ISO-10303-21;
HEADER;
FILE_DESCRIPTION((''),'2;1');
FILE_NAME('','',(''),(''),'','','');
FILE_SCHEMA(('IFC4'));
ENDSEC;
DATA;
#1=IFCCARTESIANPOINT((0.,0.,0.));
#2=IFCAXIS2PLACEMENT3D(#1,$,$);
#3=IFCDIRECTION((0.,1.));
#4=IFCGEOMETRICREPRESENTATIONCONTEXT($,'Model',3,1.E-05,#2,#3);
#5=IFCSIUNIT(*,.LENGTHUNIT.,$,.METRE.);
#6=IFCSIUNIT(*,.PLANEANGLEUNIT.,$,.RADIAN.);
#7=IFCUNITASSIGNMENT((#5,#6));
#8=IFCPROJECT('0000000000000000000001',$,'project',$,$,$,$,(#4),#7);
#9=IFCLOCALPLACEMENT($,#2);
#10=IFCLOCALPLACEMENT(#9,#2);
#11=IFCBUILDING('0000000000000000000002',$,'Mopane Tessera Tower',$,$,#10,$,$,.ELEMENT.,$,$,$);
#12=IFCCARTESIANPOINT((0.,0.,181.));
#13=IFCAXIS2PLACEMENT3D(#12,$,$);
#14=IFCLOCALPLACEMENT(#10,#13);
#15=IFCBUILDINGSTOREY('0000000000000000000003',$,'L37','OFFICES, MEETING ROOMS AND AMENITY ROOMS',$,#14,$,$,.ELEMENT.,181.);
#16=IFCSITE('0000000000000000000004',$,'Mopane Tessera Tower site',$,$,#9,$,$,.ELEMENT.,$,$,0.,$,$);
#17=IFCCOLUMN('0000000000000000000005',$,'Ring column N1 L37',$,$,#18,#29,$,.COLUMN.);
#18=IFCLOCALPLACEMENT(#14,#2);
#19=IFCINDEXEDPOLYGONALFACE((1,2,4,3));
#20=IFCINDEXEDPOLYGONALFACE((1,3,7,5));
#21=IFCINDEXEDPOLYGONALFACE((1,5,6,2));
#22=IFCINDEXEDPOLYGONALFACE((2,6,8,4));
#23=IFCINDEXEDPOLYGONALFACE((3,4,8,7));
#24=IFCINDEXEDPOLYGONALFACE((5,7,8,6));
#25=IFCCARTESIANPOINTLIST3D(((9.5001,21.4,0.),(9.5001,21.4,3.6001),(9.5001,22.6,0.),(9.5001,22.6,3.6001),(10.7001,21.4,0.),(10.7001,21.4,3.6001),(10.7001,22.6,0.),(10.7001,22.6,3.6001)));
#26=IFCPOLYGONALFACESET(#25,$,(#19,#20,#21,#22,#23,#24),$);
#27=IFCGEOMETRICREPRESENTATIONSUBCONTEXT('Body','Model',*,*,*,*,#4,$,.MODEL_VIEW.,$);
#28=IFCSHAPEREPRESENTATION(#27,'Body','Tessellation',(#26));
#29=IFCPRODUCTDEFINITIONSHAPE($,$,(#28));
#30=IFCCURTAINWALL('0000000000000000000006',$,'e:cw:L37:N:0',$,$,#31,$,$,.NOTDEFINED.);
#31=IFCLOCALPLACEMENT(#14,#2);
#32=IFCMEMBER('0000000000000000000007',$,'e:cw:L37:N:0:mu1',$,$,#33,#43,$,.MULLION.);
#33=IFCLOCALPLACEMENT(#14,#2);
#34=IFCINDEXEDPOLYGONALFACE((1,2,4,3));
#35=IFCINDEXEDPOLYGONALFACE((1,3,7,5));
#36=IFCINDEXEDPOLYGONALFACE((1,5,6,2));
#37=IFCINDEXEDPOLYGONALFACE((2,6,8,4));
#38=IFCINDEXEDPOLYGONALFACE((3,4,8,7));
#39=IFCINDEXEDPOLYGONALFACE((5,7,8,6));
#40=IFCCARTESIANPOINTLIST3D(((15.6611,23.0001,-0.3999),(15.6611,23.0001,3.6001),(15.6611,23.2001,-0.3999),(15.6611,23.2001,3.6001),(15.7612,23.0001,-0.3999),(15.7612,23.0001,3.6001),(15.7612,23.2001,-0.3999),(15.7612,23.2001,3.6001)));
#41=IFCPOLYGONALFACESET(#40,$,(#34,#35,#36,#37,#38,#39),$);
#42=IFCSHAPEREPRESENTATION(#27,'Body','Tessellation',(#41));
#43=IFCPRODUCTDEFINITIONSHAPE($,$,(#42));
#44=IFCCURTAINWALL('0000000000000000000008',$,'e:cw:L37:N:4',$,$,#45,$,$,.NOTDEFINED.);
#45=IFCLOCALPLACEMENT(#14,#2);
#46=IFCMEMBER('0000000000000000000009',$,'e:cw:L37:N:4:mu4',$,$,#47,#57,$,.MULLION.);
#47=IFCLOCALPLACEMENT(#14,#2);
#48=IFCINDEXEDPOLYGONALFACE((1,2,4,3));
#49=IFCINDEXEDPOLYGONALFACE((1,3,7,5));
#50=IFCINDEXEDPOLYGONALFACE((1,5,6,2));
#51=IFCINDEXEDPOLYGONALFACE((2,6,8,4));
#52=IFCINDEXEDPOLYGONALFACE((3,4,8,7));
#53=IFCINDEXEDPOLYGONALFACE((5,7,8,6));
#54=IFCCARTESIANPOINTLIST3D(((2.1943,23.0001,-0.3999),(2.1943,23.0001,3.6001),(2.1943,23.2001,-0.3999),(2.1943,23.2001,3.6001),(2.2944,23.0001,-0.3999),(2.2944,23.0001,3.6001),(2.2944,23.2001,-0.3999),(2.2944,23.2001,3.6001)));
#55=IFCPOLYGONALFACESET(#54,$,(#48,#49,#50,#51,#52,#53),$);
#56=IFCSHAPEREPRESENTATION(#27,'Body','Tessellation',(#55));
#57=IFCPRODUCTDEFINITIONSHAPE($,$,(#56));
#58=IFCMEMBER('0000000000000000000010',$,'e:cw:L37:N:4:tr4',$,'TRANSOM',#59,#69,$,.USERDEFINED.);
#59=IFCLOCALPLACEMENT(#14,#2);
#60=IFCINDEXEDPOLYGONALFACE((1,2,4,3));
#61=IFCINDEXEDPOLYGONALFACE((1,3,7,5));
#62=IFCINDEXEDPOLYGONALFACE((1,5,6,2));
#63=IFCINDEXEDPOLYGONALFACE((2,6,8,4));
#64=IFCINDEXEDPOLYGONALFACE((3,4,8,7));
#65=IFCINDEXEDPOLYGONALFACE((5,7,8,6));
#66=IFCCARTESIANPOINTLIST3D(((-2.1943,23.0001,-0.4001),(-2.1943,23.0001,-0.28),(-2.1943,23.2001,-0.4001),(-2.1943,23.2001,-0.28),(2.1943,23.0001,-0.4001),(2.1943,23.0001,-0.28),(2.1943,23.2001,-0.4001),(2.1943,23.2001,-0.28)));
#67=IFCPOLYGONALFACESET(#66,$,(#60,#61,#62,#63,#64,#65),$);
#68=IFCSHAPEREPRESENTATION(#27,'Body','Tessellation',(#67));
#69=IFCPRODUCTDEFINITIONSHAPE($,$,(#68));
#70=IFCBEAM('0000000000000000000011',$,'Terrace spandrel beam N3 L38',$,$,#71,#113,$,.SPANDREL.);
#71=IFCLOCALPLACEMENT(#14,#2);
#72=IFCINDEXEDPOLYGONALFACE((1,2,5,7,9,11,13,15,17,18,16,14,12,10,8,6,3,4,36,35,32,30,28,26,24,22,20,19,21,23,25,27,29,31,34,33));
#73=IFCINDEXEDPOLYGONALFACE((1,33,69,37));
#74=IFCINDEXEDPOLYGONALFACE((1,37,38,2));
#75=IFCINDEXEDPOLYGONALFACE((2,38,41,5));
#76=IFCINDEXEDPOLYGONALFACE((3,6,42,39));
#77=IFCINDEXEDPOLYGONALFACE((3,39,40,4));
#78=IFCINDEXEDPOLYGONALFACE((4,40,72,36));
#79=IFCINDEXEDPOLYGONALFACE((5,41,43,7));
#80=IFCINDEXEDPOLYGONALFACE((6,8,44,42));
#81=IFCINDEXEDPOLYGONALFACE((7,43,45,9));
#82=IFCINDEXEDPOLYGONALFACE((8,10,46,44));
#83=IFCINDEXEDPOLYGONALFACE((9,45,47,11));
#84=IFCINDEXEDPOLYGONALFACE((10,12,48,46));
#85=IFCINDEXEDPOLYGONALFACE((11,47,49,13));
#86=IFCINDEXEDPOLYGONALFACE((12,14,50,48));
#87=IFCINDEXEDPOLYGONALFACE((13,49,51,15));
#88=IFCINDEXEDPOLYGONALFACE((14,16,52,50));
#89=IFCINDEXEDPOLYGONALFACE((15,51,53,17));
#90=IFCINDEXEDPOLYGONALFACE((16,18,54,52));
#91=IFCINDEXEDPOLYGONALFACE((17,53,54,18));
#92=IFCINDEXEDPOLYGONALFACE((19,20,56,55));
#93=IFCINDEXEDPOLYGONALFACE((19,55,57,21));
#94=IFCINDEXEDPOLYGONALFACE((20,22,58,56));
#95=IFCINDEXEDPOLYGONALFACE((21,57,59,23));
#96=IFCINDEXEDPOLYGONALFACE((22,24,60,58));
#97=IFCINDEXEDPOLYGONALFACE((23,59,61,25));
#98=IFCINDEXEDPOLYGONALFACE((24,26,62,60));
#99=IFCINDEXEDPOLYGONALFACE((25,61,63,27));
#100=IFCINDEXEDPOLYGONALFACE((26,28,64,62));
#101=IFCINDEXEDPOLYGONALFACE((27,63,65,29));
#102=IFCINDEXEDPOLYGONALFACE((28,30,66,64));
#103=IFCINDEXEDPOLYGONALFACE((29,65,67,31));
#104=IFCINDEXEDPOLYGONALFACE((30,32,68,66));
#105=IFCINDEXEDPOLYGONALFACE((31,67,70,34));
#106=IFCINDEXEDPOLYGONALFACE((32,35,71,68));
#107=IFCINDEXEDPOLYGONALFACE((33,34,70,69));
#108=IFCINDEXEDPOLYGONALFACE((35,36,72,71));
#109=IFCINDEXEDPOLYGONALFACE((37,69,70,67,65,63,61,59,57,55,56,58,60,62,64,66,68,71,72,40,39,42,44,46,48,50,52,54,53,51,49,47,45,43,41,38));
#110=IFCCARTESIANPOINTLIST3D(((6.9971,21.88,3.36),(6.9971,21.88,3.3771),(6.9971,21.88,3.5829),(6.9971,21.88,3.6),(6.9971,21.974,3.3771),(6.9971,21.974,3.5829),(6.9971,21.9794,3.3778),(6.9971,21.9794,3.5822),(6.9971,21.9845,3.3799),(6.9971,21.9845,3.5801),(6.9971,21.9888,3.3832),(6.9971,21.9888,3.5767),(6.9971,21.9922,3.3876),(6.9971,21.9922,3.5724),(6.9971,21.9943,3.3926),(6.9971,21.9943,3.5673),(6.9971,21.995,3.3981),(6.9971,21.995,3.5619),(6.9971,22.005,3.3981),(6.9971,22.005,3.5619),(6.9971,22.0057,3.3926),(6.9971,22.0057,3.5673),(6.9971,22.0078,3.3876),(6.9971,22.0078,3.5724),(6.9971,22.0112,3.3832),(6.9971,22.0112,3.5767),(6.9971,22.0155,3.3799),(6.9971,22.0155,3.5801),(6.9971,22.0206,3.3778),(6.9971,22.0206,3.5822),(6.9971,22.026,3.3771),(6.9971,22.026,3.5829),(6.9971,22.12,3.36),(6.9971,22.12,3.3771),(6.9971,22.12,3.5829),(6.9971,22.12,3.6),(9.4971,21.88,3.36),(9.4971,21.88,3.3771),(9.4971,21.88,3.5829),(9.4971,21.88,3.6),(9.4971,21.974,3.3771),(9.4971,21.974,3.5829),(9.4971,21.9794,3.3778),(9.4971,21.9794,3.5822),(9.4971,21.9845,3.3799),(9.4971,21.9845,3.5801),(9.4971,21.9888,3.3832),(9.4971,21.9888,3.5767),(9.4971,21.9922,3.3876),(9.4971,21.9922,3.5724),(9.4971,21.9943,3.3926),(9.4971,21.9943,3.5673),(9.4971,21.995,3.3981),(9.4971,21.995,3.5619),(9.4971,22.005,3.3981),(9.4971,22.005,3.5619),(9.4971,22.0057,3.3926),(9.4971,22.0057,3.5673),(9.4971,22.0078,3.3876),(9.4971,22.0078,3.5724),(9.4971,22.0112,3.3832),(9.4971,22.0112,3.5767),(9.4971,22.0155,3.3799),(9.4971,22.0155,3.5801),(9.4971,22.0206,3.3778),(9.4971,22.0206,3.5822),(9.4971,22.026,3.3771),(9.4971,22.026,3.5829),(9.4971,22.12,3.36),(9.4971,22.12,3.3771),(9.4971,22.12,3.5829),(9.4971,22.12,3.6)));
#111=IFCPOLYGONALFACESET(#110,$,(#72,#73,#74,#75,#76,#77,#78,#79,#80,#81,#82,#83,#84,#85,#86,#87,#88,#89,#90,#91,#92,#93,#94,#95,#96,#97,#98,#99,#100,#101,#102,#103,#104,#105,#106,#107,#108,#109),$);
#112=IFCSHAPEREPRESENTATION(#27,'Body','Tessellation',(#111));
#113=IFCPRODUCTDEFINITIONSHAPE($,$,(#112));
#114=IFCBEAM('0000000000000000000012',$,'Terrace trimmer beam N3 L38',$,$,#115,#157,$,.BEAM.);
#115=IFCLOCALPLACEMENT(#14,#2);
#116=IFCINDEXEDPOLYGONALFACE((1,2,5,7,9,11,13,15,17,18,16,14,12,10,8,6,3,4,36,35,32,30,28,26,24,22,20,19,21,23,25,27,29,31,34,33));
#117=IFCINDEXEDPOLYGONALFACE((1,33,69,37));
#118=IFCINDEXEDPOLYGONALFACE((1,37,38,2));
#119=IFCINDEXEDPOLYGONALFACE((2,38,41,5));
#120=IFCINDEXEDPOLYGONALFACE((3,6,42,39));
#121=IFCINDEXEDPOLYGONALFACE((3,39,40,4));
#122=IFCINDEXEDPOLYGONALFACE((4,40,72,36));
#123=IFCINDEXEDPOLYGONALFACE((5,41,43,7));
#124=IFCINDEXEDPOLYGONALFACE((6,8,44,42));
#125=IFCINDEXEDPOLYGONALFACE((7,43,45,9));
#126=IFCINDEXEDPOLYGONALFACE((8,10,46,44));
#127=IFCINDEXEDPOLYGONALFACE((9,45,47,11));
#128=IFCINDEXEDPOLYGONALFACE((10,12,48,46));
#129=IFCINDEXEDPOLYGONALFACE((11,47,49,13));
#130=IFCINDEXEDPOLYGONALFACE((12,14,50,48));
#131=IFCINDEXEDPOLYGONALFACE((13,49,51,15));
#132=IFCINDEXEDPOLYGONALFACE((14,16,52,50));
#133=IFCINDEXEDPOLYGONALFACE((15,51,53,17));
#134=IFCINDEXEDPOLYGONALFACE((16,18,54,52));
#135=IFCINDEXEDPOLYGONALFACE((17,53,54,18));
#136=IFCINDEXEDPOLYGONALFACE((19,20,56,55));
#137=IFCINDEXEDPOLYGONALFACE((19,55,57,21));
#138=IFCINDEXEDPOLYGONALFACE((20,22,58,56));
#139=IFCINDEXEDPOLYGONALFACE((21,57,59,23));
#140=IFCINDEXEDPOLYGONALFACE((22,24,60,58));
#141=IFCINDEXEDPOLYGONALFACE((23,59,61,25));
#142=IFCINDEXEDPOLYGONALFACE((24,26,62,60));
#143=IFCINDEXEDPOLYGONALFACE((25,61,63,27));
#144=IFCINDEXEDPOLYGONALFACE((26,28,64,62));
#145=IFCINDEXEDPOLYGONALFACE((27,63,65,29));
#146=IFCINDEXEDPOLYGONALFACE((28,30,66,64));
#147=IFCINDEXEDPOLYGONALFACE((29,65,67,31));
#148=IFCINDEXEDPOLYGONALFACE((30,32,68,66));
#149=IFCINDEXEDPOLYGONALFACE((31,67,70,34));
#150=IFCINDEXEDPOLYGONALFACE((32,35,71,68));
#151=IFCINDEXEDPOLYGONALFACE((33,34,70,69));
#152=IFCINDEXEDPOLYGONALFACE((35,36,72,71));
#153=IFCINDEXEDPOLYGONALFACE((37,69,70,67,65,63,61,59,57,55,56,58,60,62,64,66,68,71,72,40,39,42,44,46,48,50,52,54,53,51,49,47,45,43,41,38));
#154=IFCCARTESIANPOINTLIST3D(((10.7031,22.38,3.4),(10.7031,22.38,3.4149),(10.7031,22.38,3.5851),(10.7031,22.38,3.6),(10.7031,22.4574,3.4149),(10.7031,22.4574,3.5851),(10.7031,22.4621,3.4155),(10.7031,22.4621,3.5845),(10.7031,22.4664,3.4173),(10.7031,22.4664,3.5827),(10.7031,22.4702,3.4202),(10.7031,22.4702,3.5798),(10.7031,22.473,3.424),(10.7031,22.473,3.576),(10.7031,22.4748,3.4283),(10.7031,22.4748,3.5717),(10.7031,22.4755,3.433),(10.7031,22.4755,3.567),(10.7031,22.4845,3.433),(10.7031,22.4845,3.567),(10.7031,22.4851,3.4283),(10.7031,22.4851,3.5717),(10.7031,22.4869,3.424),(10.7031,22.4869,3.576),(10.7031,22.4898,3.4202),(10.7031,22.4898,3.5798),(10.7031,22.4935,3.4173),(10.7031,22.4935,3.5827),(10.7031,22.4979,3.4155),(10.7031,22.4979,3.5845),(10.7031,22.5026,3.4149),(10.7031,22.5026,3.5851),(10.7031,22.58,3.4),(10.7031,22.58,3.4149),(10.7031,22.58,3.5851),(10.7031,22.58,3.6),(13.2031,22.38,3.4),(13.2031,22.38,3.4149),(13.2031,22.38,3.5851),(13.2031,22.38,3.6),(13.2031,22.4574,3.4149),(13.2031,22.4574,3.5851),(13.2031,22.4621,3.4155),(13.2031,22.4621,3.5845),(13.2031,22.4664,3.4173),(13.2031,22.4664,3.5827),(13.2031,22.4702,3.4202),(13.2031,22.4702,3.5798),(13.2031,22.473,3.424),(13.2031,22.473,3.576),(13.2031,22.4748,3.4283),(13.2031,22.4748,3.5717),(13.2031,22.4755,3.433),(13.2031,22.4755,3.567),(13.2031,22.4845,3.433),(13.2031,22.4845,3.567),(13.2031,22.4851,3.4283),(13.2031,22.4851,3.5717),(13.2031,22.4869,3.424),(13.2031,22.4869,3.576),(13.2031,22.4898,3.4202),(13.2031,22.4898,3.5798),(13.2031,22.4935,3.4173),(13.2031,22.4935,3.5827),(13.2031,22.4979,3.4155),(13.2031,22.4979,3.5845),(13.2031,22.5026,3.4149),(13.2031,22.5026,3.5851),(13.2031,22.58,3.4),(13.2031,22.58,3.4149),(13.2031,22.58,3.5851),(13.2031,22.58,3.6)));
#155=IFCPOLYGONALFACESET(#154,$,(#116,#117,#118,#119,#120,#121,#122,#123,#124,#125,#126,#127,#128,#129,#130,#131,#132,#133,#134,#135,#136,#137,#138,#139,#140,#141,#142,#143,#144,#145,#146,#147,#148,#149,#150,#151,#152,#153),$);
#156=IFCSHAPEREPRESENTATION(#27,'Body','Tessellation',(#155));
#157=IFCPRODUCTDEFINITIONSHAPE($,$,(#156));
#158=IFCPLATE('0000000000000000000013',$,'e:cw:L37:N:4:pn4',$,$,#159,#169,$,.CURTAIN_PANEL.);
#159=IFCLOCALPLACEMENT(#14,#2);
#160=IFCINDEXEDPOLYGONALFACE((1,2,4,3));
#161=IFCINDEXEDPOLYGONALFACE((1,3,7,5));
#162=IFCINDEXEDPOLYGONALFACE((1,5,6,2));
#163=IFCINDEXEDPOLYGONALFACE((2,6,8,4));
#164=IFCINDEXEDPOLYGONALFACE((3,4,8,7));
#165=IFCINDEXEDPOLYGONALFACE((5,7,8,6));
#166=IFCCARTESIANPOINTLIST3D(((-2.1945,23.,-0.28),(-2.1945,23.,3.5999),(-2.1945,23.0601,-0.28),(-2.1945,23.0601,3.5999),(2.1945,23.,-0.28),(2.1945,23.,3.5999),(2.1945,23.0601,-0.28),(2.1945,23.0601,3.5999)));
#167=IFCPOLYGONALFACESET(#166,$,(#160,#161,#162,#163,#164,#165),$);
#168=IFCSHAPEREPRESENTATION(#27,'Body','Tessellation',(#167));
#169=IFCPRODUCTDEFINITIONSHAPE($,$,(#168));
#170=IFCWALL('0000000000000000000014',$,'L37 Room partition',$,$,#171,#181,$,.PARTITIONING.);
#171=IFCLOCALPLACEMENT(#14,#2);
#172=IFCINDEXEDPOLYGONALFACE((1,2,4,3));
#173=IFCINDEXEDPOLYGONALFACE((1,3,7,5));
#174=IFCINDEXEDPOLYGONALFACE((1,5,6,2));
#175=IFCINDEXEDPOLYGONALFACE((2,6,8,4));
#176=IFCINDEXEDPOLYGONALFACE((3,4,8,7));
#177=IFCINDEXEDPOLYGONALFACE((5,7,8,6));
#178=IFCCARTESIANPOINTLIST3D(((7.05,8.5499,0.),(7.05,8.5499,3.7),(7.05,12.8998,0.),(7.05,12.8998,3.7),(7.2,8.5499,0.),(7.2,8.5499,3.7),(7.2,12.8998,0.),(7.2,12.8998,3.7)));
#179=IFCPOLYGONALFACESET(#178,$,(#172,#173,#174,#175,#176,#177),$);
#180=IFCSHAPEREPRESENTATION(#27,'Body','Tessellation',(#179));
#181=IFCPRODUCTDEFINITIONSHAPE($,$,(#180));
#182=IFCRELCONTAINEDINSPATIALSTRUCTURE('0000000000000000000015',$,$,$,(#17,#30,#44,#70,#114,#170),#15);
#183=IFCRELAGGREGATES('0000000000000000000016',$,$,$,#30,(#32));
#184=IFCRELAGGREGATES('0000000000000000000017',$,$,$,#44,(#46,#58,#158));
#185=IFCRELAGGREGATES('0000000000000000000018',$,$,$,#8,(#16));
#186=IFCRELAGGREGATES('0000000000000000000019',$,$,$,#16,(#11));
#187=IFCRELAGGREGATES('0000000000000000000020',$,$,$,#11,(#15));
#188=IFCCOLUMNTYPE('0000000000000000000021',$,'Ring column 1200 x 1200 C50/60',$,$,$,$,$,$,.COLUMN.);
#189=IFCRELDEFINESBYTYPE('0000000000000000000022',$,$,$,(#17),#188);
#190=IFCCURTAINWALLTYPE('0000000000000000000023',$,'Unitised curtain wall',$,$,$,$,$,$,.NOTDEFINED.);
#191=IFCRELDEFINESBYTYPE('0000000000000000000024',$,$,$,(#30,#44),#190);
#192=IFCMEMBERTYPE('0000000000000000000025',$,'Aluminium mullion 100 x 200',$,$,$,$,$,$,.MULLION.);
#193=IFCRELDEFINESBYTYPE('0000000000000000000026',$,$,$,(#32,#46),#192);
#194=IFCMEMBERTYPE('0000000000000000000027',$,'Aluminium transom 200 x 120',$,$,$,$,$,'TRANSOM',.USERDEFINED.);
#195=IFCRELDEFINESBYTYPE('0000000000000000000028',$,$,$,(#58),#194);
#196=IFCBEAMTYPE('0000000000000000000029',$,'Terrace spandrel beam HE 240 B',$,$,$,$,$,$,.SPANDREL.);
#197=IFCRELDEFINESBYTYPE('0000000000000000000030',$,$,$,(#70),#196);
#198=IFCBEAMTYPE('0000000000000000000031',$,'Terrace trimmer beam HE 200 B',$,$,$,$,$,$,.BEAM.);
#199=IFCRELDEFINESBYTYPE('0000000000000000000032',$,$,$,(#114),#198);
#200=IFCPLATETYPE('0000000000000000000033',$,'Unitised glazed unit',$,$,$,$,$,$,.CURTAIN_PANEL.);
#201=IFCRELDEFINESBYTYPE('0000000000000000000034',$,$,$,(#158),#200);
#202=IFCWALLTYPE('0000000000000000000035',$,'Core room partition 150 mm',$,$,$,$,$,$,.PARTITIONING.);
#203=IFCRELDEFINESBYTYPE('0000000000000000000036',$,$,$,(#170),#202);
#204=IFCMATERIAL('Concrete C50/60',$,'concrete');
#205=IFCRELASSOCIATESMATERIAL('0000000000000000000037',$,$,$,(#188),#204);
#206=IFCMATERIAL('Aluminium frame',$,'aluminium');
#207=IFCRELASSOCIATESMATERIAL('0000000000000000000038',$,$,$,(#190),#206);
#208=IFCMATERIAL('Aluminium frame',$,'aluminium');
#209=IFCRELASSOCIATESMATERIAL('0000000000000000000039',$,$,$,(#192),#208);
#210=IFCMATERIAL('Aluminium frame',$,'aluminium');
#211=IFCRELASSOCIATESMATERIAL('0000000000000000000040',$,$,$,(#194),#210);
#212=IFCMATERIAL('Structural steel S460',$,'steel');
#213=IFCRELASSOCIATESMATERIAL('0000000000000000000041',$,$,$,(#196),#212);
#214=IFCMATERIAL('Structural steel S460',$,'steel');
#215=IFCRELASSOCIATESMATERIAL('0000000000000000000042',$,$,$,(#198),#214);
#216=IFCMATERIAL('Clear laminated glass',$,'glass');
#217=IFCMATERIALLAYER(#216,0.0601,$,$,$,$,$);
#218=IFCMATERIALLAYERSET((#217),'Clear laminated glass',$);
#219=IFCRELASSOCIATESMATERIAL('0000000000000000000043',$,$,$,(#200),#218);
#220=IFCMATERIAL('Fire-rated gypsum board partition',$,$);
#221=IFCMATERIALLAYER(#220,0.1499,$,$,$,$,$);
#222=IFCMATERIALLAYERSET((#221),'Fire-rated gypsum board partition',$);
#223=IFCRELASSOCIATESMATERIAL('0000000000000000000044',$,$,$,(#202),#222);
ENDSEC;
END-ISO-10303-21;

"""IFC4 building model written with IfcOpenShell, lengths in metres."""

from ifc_helpers import new_model, si_unit, direction, frame, frame_2d, origin, origin_2d, place, context, subcontext, project, spatial, rectangle, i_section, extrude, material, layer, layer_set, material_profile, profile_set, type_object, element, aggregate, save


model = new_model("IFC4")

# Units and contexts
model_context = context("Model", 3, precision=1e-05, world=origin(), true_north=direction((0.0, 1.0)))
body_context = subcontext(model_context, "Body", "Model", "MODEL_VIEW")
ifc_project = project(units=[si_unit("LENGTHUNIT", "METRE"), si_unit("PLANEANGLEUNIT", "RADIAN")], contexts=[model_context])

# Site, building, storey
site_placement = place(None, origin())
site = spatial("IfcSite", under=ifc_project, at=site_placement, Name="Mopane Tessera Tower site", CompositionType="ELEMENT", RefElevation=0.0)
building_placement = place(site_placement, origin())
building = spatial("IfcBuilding", under=site, at=building_placement, Name="Mopane Tessera Tower", CompositionType="ELEMENT")
storey_placement = place(building_placement, frame((0.0, 0.0, 181.0)))
storey = spatial("IfcBuildingStorey", under=building, at=storey_placement, Name="L37", Description="OFFICES, MEETING ROOMS AND AMENITY ROOMS", CompositionType="ELEMENT", Elevation=181.0)

# Column
ifc_material_1 = material(Name="Concrete C50/60", Category="concrete")
ifc_material_profile_1 = material_profile(ifc_material_1, rectangle(XDim=1.2, YDim=1.2, at=origin_2d()))
ifc_profile_set_1 = profile_set([ifc_material_profile_1], Name="Concrete C50/60")
column_type = type_object("IfcColumnType", Name="Ring column 1200 x 1200 C50/60", PredefinedType="COLUMN", material=ifc_profile_set_1)
column_placement = place(storey_placement, frame((10.1001, 22.0, 0.0), z_axis=(0.0, 0.0, 1.0), x_axis=(1.0, 0.0, 0.0)))
element("IfcColumn", 1, at=column_placement, inside=storey, type_object=column_type, Name="Ring column N1 L37", PredefinedType="COLUMN", context=body_context, shape_type="SweptSolid", body=[
    extrude(rectangle(XDim=1.2, YDim=1.2, at=origin_2d()), origin(), (0.0, 0.0, 1.0), 3.6001),
])

# Curtain wall, member
ifc_material_2 = material(Name="Aluminium frame", Category="aluminium")
curtain_wall_type = type_object("IfcCurtainWallType", Name="Unitised curtain wall", PredefinedType="NOTDEFINED", material=ifc_material_2)
curtain_wall_1_placement = place(storey_placement, origin())
curtain_wall_1 = element("IfcCurtainWall", 2, at=curtain_wall_1_placement, inside=storey, type_object=curtain_wall_type, Name="e:cw:L37:N:0", PredefinedType="NOTDEFINED")
ifc_material_3 = material(Name="Aluminium frame", Category="aluminium")
ifc_material_profile_2 = material_profile(ifc_material_3, rectangle(XDim=0.1001, YDim=0.2, at=origin_2d()))
ifc_profile_set_2 = profile_set([ifc_material_profile_2], Name="Aluminium frame")
member_type_1 = type_object("IfcMemberType", Name="Aluminium mullion 100 x 200", PredefinedType="MULLION", material=ifc_profile_set_2)
member_1_placement = place(storey_placement, frame((15.7112, 23.1001, -0.3999), z_axis=(0.0, 0.0, 1.0), x_axis=(-1.0, 0.0, 0.0)))
member_1 = element("IfcMember", 3, at=member_1_placement, type_object=member_type_1, Name="e:cw:L37:N:0:mu1", PredefinedType="MULLION", context=body_context, shape_type="SweptSolid", body=[
    extrude(rectangle(XDim=0.1001, YDim=0.2, at=origin_2d()), origin(), (0.0, 0.0, 1.0), 4.0),
])
aggregate(curtain_wall_1, [member_1])

# Curtain wall, members
curtain_wall_2_placement = place(storey_placement, origin())
curtain_wall_2 = element("IfcCurtainWall", 4, at=curtain_wall_2_placement, inside=storey, type_object=curtain_wall_type, Name="e:cw:L37:N:4", PredefinedType="NOTDEFINED")
member_2_placement = place(storey_placement, frame((2.2444, 23.1001, -0.3999), z_axis=(0.0, 0.0, 1.0), x_axis=(-1.0, 0.0, 0.0)))
member_2 = element("IfcMember", 5, at=member_2_placement, type_object=member_type_1, Name="e:cw:L37:N:4:mu4", PredefinedType="MULLION", context=body_context, shape_type="SweptSolid", body=[
    extrude(rectangle(XDim=0.1001, YDim=0.2, at=origin_2d()), origin(), (0.0, 0.0, 1.0), 4.0),
])
ifc_material_4 = material(Name="Aluminium frame", Category="aluminium")
ifc_material_profile_3 = material_profile(ifc_material_4, rectangle(XDim=0.2, YDim=0.1201, at=origin_2d()))
ifc_profile_set_3 = profile_set([ifc_material_profile_3], Name="Aluminium frame")
member_type_2 = type_object("IfcMemberType", Name="Aluminium transom 200 x 120", ElementType="TRANSOM", PredefinedType="USERDEFINED", material=ifc_profile_set_3)
member_3_placement = place(storey_placement, frame((2.1943, 23.1001, -0.3401), z_axis=(-1.0, 0.0, 0.0), x_axis=(0.0, -1.0, 0.0)))
member_3 = element("IfcMember", 6, at=member_3_placement, type_object=member_type_2, Name="e:cw:L37:N:4:tr4", ObjectType="TRANSOM", PredefinedType="USERDEFINED", context=body_context, shape_type="SweptSolid", body=[
    extrude(rectangle(XDim=0.2, YDim=0.1201, at=origin_2d()), origin(), (0.0, 0.0, 1.0), 4.3887),
])

# Beams
ifc_material_5 = material(Name="Structural steel S460", Category="steel")
ifc_material_profile_4 = material_profile(ifc_material_5, i_section(OverallWidth=0.24, OverallDepth=0.24, WebThickness=0.01, FlangeThickness=0.0171, FilletRadius=0.021, at=origin_2d()))
ifc_profile_set_4 = profile_set([ifc_material_profile_4], Name="Structural steel S460")
beam_type_1 = type_object("IfcBeamType", Name="Terrace spandrel beam HE 240 B", PredefinedType="SPANDREL", material=ifc_profile_set_4)
beam_1_placement = place(storey_placement, frame((9.4971, 22.0, 3.48), z_axis=(-1.0, 0.0, 0.0), x_axis=(0.0, -1.0, 0.0)))
element("IfcBeam", 7, at=beam_1_placement, inside=storey, type_object=beam_type_1, Name="Terrace spandrel beam N3 L38", PredefinedType="SPANDREL", context=body_context, shape_type="SweptSolid", body=[
    extrude(i_section(OverallWidth=0.24, OverallDepth=0.24, WebThickness=0.01, FlangeThickness=0.0171, FilletRadius=0.021, at=origin_2d()), origin(), (0.0, 0.0, 1.0), 2.5),
])
ifc_material_6 = material(Name="Structural steel S460", Category="steel")
ifc_material_profile_5 = material_profile(ifc_material_6, i_section(OverallWidth=0.2, OverallDepth=0.2, WebThickness=0.009, FlangeThickness=0.0149, FilletRadius=0.0181, at=origin_2d()))
ifc_profile_set_5 = profile_set([ifc_material_profile_5], Name="Structural steel S460")
beam_type_2 = type_object("IfcBeamType", Name="Terrace trimmer beam HE 200 B", PredefinedType="BEAM", material=ifc_profile_set_5)
beam_2_placement = place(storey_placement, frame((10.7031, 22.48, 3.5), z_axis=(1.0, 0.0, 0.0), x_axis=(0.0, 1.0, 0.0)))
element("IfcBeam", 8, at=beam_2_placement, inside=storey, type_object=beam_type_2, Name="Terrace trimmer beam N3 L38", PredefinedType="BEAM", context=body_context, shape_type="SweptSolid", body=[
    extrude(i_section(OverallWidth=0.2, OverallDepth=0.2, WebThickness=0.009, FlangeThickness=0.0149, FilletRadius=0.0181, at=origin_2d()), origin(), (0.0, 0.0, 1.0), 2.5),
])

# Plate
ifc_material_7 = material(Name="Clear laminated glass", Category="glass")
ifc_layer_1 = layer(ifc_material_7, 0.0601)
ifc_layer_set_1 = layer_set([ifc_layer_1], Name="Clear laminated glass")
plate_type = type_object("IfcPlateType", Name="Unitised glazed unit", PredefinedType="CURTAIN_PANEL", material=ifc_layer_set_1)
plate_placement = place(storey_placement, frame((0.0, 23.03, -0.28), z_axis=(0.0, 0.0, 1.0), x_axis=(-1.0, 0.0, 0.0)))
plate = element("IfcPlate", 9, at=plate_placement, type_object=plate_type, Name="e:cw:L37:N:4:pn4", PredefinedType="CURTAIN_PANEL", context=body_context, shape_type="SweptSolid", body=[
    extrude(rectangle(XDim=4.3889, YDim=0.0601, at=origin_2d()), origin(), (0.0, 0.0, 1.0), 3.8799),
])
aggregate(curtain_wall_2, [member_2, member_3, plate])

# Wall
ifc_material_8 = material(Name="Fire-rated gypsum board partition")
ifc_layer_2 = layer(ifc_material_8, 0.1499)
ifc_layer_set_2 = layer_set([ifc_layer_2], Name="Fire-rated gypsum board partition")
wall_type_1 = type_object("IfcWallType", Name="Core room partition 150 mm", PredefinedType="PARTITIONING", material=ifc_layer_set_2)
wall_1_placement = place(storey_placement, frame((7.125, 8.55, 0.0), z_axis=(0.0, 0.0, 1.0), x_axis=(0.0, 1.0, 0.0)))
element("IfcWall", 10, at=wall_1_placement, inside=storey, type_object=wall_type_1, Name="L37 Room partition", PredefinedType="PARTITIONING", context=body_context, shape_type="SweptSolid", body=[
    extrude(rectangle(XDim=4.3499, YDim=0.1499, at=frame_2d((2.1748, 0.0))), origin(), (0.0, 0.0, 1.0), 3.7),
])

save(model, "model.ifc")
